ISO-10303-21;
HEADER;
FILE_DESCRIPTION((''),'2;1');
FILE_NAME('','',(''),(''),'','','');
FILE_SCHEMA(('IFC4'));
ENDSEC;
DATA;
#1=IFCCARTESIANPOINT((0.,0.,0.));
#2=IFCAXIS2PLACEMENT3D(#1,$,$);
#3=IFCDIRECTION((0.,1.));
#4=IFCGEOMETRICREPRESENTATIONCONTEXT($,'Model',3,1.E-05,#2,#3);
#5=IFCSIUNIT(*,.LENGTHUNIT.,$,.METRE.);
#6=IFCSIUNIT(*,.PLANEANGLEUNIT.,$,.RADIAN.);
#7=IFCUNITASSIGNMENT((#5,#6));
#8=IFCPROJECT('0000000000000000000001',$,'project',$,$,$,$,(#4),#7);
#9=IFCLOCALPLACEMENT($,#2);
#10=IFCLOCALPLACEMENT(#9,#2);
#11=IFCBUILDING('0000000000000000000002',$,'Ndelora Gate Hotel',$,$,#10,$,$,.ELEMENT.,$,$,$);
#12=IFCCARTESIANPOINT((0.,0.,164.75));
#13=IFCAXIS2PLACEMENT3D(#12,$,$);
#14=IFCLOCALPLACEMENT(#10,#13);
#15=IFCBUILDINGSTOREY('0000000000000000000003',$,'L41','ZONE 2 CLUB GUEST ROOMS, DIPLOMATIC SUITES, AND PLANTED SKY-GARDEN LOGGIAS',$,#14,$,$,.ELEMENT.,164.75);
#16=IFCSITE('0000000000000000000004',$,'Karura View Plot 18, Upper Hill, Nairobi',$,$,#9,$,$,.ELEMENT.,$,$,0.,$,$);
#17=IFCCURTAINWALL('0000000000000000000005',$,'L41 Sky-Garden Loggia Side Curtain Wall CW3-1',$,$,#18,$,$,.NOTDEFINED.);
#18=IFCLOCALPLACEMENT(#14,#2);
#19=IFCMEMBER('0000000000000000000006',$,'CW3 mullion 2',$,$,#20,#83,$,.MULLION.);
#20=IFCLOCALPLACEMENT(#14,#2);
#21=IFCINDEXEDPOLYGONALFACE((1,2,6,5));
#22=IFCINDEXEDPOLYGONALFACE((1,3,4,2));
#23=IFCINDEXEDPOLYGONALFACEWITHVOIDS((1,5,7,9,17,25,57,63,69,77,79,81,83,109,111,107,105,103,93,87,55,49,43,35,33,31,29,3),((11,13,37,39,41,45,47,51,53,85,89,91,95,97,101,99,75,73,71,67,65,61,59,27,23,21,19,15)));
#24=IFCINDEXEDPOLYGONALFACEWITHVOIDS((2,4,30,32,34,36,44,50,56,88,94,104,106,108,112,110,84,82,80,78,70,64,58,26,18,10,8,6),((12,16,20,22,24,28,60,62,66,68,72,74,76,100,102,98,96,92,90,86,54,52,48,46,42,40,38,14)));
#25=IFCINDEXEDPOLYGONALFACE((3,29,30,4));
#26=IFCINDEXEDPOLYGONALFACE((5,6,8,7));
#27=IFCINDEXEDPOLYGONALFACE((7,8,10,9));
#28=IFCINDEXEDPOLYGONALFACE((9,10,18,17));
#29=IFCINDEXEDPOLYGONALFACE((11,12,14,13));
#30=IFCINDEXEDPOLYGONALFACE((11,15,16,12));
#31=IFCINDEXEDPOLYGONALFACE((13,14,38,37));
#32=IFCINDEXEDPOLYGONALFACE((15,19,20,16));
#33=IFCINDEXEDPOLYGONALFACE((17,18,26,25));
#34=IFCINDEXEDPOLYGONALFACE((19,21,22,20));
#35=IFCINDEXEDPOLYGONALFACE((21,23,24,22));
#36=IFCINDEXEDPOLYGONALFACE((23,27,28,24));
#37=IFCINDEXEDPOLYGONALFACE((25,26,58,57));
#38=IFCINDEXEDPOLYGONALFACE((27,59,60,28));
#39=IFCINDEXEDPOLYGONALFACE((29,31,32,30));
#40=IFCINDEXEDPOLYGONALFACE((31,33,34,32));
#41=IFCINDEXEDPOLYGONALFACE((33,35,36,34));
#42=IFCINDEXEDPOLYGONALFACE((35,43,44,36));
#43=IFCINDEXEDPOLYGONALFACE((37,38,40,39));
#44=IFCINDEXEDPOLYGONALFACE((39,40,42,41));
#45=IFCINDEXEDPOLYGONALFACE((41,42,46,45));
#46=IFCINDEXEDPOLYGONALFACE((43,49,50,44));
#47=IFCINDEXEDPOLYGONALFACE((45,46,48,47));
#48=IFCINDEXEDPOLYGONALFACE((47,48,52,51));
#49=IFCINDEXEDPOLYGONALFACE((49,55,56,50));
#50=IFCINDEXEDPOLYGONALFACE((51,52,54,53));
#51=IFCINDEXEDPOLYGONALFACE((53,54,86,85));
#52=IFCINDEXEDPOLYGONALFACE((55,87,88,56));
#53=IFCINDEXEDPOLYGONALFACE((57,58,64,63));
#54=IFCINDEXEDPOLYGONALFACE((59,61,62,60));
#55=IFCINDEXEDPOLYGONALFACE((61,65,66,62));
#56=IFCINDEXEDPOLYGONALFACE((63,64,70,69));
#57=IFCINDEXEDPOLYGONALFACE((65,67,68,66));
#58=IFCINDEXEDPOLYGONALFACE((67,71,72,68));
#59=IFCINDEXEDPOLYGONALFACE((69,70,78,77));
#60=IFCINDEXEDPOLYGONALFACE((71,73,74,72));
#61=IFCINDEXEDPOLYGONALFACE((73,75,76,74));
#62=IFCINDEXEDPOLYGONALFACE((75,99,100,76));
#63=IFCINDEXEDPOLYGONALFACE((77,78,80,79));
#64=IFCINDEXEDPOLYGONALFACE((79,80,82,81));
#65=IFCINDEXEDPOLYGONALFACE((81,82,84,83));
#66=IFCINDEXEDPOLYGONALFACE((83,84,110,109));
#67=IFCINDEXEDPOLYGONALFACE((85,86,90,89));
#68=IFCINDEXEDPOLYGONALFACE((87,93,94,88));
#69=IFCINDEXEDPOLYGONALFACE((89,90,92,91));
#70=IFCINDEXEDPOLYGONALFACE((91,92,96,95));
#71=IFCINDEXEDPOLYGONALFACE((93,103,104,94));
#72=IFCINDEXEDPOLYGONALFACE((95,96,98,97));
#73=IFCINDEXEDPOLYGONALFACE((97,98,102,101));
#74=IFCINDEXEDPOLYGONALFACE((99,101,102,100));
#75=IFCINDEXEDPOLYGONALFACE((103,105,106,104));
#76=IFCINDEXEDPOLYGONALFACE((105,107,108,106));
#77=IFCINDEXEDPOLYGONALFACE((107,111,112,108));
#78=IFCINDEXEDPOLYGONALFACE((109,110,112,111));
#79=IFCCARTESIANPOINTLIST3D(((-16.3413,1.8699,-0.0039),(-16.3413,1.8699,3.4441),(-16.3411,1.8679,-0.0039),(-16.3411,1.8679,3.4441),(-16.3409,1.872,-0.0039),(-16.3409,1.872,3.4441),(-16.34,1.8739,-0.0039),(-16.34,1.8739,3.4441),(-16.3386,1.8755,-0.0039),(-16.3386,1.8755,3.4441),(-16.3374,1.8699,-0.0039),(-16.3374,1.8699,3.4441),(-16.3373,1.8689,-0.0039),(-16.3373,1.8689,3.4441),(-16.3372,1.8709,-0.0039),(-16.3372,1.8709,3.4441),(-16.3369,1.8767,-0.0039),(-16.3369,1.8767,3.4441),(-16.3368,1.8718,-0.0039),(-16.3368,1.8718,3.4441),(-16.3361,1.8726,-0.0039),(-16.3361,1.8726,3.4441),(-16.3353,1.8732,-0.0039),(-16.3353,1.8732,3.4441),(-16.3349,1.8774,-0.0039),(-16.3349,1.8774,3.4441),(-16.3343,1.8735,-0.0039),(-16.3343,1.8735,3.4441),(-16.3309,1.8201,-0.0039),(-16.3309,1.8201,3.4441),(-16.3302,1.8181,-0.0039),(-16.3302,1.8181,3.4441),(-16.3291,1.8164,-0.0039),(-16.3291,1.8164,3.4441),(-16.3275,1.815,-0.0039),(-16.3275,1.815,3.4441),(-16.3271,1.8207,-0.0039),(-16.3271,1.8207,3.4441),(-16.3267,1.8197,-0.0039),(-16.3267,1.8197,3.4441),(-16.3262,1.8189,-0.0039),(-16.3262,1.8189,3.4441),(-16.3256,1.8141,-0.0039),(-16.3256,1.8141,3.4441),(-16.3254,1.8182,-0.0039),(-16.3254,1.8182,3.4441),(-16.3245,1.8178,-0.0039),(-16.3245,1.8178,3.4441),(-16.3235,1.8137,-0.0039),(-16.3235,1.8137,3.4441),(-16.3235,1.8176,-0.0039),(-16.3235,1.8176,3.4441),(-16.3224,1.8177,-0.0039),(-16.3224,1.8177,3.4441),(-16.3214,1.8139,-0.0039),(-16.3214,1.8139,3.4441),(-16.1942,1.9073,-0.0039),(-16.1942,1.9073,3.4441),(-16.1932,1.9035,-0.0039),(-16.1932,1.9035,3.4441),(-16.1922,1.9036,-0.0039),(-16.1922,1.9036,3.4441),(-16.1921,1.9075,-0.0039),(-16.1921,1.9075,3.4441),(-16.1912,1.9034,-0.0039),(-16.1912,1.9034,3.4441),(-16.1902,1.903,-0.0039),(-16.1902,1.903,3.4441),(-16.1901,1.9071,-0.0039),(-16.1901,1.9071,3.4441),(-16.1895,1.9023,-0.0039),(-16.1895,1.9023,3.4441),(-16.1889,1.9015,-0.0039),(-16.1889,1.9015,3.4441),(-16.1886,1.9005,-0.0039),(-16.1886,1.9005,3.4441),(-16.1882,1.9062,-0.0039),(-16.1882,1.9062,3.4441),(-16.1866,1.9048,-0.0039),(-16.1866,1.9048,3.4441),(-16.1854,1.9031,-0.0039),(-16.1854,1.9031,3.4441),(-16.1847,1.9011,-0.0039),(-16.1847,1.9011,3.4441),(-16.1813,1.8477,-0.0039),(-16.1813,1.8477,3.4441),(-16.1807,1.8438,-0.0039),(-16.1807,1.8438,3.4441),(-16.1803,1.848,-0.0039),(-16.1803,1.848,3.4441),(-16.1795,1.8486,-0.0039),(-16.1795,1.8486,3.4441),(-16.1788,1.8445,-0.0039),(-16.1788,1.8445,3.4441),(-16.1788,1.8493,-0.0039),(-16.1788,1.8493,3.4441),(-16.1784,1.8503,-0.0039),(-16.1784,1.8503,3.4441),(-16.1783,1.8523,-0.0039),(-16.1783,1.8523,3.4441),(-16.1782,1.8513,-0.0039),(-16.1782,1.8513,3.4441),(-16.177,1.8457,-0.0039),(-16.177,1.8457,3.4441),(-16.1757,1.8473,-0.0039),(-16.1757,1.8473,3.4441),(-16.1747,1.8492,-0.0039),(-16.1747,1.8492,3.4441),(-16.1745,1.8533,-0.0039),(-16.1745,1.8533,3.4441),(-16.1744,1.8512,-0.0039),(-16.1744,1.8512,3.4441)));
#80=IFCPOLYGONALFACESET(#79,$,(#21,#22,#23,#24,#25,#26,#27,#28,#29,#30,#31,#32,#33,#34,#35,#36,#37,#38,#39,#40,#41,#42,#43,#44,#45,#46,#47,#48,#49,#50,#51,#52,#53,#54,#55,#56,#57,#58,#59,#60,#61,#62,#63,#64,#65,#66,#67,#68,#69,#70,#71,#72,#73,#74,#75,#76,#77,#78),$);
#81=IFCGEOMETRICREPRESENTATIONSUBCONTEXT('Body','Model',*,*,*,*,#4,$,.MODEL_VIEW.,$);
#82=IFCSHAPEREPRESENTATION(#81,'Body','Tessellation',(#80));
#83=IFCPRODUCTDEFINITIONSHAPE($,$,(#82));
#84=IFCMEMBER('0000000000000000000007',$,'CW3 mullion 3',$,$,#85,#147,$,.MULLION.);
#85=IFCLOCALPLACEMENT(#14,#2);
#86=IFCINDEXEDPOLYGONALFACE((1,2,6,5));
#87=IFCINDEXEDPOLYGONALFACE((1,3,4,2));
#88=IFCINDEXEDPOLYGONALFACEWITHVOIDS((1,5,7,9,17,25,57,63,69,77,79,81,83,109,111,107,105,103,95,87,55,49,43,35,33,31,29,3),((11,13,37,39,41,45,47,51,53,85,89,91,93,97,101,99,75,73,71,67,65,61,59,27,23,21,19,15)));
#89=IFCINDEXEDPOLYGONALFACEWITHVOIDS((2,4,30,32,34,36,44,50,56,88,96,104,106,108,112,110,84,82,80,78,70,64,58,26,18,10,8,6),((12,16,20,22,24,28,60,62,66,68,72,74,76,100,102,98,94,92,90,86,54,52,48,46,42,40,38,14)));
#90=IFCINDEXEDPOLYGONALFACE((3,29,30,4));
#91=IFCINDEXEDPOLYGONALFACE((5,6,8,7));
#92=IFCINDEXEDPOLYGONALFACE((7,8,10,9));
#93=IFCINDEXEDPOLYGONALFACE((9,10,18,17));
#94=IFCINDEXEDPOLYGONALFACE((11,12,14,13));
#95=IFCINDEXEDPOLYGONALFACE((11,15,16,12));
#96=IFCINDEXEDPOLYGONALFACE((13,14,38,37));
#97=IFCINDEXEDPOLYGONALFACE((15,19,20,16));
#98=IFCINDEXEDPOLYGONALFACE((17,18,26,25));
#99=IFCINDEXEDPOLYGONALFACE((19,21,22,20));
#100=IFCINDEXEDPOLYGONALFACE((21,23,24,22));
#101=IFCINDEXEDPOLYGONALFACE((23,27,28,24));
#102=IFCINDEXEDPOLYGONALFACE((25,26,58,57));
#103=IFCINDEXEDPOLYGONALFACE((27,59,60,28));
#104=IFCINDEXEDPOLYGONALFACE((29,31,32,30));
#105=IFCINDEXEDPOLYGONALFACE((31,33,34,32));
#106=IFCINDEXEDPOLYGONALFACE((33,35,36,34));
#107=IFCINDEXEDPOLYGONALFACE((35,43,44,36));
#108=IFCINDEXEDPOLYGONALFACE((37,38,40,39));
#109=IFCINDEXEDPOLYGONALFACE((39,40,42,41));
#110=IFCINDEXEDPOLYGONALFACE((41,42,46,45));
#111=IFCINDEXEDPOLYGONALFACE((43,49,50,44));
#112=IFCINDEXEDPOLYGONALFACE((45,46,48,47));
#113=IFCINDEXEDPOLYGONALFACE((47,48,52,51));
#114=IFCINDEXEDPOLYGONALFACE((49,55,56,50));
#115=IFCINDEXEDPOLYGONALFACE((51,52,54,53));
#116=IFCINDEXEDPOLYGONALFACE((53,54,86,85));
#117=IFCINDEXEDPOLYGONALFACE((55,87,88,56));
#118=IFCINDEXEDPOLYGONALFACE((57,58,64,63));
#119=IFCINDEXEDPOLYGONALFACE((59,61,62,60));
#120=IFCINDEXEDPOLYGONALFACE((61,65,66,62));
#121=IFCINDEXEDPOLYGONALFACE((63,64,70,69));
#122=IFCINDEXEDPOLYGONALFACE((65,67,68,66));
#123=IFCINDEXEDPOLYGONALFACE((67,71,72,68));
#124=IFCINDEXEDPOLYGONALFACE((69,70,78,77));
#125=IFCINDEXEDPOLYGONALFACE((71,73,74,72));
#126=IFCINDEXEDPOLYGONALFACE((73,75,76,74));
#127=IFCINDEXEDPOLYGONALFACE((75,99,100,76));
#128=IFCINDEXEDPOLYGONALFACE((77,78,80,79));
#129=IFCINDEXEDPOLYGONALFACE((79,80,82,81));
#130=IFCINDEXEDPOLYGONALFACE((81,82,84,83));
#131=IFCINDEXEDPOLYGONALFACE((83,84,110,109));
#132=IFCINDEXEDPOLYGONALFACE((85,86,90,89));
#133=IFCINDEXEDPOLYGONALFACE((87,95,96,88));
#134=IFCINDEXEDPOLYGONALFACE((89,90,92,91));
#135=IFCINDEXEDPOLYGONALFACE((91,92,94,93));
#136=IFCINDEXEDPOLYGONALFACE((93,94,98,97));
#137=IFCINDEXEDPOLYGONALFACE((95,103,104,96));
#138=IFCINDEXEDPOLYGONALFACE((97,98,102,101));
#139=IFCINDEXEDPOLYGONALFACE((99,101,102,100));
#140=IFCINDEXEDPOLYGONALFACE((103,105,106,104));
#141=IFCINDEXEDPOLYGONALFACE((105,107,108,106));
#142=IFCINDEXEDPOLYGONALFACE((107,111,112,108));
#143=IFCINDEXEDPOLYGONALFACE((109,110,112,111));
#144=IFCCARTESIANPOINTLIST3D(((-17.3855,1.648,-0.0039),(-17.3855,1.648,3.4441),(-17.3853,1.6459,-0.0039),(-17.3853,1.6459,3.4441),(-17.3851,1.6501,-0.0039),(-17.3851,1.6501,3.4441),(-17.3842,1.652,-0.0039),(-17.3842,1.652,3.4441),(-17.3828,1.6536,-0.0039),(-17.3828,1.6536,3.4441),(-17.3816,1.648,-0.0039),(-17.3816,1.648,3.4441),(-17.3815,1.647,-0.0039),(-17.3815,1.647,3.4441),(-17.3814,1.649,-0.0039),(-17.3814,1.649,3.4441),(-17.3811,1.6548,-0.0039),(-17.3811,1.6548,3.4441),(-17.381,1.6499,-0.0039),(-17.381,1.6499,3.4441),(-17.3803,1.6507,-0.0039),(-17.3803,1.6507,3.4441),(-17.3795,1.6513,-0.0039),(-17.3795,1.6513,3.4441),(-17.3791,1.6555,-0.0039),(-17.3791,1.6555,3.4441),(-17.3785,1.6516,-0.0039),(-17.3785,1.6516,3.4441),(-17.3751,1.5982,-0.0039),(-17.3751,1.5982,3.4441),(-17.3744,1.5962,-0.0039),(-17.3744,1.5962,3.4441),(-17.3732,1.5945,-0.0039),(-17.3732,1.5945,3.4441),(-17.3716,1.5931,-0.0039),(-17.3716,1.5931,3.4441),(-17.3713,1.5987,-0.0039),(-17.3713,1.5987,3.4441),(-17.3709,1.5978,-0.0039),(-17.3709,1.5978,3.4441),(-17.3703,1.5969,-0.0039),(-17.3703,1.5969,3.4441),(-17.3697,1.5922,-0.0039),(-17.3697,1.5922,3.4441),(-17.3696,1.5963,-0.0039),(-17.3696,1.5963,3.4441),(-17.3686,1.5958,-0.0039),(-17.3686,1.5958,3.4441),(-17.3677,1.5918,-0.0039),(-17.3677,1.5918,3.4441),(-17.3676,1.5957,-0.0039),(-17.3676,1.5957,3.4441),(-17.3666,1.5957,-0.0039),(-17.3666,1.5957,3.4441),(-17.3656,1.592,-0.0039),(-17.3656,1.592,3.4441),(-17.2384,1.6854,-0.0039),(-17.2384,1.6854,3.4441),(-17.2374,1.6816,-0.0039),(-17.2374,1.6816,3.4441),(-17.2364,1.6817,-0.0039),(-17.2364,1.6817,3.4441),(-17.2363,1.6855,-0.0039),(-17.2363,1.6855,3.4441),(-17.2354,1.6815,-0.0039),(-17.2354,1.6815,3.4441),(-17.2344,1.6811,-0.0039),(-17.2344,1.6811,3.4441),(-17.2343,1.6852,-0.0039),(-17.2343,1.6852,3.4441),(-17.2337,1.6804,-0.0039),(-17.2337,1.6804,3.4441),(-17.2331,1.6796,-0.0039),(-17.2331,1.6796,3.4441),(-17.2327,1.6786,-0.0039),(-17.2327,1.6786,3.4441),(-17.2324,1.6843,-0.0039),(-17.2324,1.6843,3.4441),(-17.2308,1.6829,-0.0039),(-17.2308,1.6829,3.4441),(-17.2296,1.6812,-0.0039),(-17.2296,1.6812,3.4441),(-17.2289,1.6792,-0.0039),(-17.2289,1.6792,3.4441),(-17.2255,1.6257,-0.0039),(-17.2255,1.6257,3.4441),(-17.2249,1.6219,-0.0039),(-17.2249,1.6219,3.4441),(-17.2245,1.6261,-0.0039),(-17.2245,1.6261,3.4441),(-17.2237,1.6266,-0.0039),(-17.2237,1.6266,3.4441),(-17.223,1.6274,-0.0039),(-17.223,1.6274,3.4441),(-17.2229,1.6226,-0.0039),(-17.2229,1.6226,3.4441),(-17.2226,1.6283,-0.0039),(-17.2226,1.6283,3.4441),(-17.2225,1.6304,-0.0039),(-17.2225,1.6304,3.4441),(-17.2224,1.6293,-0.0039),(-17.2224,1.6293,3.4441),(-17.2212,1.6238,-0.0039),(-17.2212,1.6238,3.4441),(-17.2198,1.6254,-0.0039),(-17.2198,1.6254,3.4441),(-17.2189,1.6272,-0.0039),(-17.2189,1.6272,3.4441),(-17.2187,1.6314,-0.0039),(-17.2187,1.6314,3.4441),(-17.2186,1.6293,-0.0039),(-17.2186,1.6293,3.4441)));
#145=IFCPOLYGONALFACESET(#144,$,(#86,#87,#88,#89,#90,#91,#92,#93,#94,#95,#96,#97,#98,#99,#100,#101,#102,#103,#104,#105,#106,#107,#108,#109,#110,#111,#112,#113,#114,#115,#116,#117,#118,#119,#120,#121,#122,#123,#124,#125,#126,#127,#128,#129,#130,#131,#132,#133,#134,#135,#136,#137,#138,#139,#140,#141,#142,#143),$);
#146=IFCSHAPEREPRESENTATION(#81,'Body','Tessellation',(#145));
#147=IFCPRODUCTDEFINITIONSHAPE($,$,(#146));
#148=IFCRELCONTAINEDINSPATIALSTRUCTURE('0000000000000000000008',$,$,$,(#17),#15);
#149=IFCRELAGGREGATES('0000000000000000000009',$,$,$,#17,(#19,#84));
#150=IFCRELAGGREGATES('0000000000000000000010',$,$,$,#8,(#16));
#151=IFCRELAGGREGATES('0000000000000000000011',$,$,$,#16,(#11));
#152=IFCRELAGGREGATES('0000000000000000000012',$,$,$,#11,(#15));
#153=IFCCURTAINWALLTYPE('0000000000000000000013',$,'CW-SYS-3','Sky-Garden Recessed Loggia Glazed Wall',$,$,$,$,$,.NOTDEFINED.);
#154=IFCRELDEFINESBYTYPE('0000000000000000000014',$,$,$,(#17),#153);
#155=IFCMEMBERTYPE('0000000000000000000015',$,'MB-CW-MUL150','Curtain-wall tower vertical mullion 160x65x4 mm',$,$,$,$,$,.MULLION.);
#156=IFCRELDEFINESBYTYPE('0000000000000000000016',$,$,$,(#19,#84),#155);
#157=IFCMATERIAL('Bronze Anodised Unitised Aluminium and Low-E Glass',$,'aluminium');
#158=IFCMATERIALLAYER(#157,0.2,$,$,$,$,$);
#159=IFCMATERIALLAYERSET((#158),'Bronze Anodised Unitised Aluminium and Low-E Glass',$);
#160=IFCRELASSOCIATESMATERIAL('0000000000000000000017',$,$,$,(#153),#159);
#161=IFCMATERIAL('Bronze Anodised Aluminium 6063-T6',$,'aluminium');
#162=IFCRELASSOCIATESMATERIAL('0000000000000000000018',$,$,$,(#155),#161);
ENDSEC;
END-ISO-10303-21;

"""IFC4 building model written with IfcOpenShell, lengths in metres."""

from ifc_helpers import new_model, si_unit, direction, frame, origin, origin_2d, place, context, subcontext, project, spatial, hollow_rectangle, extrude, material, layer, layer_set, material_profile, profile_set, type_object, element, aggregate, save


model = new_model("IFC4")

# Units and contexts
model_context = context("Model", 3, precision=1e-05, world=origin(), true_north=direction((0.0, 1.0)))
body_context = subcontext(model_context, "Body", "Model", "MODEL_VIEW")
ifc_project = project(units=[si_unit("LENGTHUNIT", "METRE"), si_unit("PLANEANGLEUNIT", "RADIAN")], contexts=[model_context])

# Site, building, storey
site_placement = place(None, origin())
site = spatial("IfcSite", under=ifc_project, at=site_placement, Name="Karura View Plot 18, Upper Hill, Nairobi", CompositionType="ELEMENT", RefElevation=0.0)
building_placement = place(site_placement, origin())
building = spatial("IfcBuilding", under=site, at=building_placement, Name="Ndelora Gate Hotel", CompositionType="ELEMENT")
storey_placement = place(building_placement, frame((0.0, 0.0, 164.75)))
storey = spatial("IfcBuildingStorey", under=building, at=storey_placement, Name="L41", Description="ZONE 2 CLUB GUEST ROOMS, DIPLOMATIC SUITES, AND PLANTED SKY-GARDEN LOGGIAS", CompositionType="ELEMENT", Elevation=164.75)

# Curtain wall, members
ifc_material_1 = material(Name="Bronze Anodised Unitised Aluminium and Low-E Glass", Category="aluminium")
ifc_layer_1 = layer(ifc_material_1, 0.2)
ifc_layer_set_1 = layer_set([ifc_layer_1], Name="Bronze Anodised Unitised Aluminium and Low-E Glass")
curtain_wall_type = type_object("IfcCurtainWallType", Name="CW-SYS-3", Description="Sky-Garden Recessed Loggia Glazed Wall", PredefinedType="NOTDEFINED", material=ifc_layer_set_1)
curtain_wall_placement = place(storey_placement, origin())
curtain_wall = element("IfcCurtainWall", 1, at=curtain_wall_placement, inside=storey, type_object=curtain_wall_type, Name="L41 Sky-Garden Loggia Side Curtain Wall CW3-1", PredefinedType="NOTDEFINED")
ifc_material_2 = material(Name="Bronze Anodised Aluminium 6063-T6", Category="aluminium")
ifc_material_profile_1 = material_profile(ifc_material_2, hollow_rectangle(XDim=0.0649, YDim=0.1599, WallThickness=0.0039, InnerFilletRadius=0.0039, OuterFilletRadius=0.0081, at=origin_2d()), Name="ALU 160x65x4")
ifc_profile_set_1 = profile_set([ifc_material_profile_1], Name="Bronze Anodised Aluminium 6063-T6")
member_type_1 = type_object("IfcMemberType", Name="MB-CW-MUL150", Description="Curtain-wall tower vertical mullion 160x65x4 mm", PredefinedType="MULLION", material=ifc_profile_set_1)
member_1_placement = place(storey_placement, frame((-16.2578, 1.8606, -0.0039), z_axis=(0.0, 0.0, 1.0), x_axis=(0.207902, -0.97815, 0.0)))
member_1 = element("IfcMember", 2, at=member_1_placement, type_object=member_type_1, Name="CW3 mullion 2", PredefinedType="MULLION", context=body_context, shape_type="SweptSolid", body=[
    extrude(hollow_rectangle(XDim=0.0649, YDim=0.1599, WallThickness=0.0039, InnerFilletRadius=0.0039, OuterFilletRadius=0.0081, at=origin_2d()), origin(), (0.0, 0.0, 1.0), 3.448),
])
member_2_placement = place(storey_placement, frame((-17.302, 1.6387, -0.0039), z_axis=(0.0, 0.0, 1.0), x_axis=(0.207902, -0.97815, 0.0)))
member_2 = element("IfcMember", 3, at=member_2_placement, type_object=member_type_1, Name="CW3 mullion 3", PredefinedType="MULLION", context=body_context, shape_type="SweptSolid", body=[
    extrude(hollow_rectangle(XDim=0.0649, YDim=0.1599, WallThickness=0.0039, InnerFilletRadius=0.0039, OuterFilletRadius=0.0081, at=origin_2d()), origin(), (0.0, 0.0, 1.0), 3.448),
])
aggregate(curtain_wall, [member_1, member_2])

save(model, "model.ifc")
